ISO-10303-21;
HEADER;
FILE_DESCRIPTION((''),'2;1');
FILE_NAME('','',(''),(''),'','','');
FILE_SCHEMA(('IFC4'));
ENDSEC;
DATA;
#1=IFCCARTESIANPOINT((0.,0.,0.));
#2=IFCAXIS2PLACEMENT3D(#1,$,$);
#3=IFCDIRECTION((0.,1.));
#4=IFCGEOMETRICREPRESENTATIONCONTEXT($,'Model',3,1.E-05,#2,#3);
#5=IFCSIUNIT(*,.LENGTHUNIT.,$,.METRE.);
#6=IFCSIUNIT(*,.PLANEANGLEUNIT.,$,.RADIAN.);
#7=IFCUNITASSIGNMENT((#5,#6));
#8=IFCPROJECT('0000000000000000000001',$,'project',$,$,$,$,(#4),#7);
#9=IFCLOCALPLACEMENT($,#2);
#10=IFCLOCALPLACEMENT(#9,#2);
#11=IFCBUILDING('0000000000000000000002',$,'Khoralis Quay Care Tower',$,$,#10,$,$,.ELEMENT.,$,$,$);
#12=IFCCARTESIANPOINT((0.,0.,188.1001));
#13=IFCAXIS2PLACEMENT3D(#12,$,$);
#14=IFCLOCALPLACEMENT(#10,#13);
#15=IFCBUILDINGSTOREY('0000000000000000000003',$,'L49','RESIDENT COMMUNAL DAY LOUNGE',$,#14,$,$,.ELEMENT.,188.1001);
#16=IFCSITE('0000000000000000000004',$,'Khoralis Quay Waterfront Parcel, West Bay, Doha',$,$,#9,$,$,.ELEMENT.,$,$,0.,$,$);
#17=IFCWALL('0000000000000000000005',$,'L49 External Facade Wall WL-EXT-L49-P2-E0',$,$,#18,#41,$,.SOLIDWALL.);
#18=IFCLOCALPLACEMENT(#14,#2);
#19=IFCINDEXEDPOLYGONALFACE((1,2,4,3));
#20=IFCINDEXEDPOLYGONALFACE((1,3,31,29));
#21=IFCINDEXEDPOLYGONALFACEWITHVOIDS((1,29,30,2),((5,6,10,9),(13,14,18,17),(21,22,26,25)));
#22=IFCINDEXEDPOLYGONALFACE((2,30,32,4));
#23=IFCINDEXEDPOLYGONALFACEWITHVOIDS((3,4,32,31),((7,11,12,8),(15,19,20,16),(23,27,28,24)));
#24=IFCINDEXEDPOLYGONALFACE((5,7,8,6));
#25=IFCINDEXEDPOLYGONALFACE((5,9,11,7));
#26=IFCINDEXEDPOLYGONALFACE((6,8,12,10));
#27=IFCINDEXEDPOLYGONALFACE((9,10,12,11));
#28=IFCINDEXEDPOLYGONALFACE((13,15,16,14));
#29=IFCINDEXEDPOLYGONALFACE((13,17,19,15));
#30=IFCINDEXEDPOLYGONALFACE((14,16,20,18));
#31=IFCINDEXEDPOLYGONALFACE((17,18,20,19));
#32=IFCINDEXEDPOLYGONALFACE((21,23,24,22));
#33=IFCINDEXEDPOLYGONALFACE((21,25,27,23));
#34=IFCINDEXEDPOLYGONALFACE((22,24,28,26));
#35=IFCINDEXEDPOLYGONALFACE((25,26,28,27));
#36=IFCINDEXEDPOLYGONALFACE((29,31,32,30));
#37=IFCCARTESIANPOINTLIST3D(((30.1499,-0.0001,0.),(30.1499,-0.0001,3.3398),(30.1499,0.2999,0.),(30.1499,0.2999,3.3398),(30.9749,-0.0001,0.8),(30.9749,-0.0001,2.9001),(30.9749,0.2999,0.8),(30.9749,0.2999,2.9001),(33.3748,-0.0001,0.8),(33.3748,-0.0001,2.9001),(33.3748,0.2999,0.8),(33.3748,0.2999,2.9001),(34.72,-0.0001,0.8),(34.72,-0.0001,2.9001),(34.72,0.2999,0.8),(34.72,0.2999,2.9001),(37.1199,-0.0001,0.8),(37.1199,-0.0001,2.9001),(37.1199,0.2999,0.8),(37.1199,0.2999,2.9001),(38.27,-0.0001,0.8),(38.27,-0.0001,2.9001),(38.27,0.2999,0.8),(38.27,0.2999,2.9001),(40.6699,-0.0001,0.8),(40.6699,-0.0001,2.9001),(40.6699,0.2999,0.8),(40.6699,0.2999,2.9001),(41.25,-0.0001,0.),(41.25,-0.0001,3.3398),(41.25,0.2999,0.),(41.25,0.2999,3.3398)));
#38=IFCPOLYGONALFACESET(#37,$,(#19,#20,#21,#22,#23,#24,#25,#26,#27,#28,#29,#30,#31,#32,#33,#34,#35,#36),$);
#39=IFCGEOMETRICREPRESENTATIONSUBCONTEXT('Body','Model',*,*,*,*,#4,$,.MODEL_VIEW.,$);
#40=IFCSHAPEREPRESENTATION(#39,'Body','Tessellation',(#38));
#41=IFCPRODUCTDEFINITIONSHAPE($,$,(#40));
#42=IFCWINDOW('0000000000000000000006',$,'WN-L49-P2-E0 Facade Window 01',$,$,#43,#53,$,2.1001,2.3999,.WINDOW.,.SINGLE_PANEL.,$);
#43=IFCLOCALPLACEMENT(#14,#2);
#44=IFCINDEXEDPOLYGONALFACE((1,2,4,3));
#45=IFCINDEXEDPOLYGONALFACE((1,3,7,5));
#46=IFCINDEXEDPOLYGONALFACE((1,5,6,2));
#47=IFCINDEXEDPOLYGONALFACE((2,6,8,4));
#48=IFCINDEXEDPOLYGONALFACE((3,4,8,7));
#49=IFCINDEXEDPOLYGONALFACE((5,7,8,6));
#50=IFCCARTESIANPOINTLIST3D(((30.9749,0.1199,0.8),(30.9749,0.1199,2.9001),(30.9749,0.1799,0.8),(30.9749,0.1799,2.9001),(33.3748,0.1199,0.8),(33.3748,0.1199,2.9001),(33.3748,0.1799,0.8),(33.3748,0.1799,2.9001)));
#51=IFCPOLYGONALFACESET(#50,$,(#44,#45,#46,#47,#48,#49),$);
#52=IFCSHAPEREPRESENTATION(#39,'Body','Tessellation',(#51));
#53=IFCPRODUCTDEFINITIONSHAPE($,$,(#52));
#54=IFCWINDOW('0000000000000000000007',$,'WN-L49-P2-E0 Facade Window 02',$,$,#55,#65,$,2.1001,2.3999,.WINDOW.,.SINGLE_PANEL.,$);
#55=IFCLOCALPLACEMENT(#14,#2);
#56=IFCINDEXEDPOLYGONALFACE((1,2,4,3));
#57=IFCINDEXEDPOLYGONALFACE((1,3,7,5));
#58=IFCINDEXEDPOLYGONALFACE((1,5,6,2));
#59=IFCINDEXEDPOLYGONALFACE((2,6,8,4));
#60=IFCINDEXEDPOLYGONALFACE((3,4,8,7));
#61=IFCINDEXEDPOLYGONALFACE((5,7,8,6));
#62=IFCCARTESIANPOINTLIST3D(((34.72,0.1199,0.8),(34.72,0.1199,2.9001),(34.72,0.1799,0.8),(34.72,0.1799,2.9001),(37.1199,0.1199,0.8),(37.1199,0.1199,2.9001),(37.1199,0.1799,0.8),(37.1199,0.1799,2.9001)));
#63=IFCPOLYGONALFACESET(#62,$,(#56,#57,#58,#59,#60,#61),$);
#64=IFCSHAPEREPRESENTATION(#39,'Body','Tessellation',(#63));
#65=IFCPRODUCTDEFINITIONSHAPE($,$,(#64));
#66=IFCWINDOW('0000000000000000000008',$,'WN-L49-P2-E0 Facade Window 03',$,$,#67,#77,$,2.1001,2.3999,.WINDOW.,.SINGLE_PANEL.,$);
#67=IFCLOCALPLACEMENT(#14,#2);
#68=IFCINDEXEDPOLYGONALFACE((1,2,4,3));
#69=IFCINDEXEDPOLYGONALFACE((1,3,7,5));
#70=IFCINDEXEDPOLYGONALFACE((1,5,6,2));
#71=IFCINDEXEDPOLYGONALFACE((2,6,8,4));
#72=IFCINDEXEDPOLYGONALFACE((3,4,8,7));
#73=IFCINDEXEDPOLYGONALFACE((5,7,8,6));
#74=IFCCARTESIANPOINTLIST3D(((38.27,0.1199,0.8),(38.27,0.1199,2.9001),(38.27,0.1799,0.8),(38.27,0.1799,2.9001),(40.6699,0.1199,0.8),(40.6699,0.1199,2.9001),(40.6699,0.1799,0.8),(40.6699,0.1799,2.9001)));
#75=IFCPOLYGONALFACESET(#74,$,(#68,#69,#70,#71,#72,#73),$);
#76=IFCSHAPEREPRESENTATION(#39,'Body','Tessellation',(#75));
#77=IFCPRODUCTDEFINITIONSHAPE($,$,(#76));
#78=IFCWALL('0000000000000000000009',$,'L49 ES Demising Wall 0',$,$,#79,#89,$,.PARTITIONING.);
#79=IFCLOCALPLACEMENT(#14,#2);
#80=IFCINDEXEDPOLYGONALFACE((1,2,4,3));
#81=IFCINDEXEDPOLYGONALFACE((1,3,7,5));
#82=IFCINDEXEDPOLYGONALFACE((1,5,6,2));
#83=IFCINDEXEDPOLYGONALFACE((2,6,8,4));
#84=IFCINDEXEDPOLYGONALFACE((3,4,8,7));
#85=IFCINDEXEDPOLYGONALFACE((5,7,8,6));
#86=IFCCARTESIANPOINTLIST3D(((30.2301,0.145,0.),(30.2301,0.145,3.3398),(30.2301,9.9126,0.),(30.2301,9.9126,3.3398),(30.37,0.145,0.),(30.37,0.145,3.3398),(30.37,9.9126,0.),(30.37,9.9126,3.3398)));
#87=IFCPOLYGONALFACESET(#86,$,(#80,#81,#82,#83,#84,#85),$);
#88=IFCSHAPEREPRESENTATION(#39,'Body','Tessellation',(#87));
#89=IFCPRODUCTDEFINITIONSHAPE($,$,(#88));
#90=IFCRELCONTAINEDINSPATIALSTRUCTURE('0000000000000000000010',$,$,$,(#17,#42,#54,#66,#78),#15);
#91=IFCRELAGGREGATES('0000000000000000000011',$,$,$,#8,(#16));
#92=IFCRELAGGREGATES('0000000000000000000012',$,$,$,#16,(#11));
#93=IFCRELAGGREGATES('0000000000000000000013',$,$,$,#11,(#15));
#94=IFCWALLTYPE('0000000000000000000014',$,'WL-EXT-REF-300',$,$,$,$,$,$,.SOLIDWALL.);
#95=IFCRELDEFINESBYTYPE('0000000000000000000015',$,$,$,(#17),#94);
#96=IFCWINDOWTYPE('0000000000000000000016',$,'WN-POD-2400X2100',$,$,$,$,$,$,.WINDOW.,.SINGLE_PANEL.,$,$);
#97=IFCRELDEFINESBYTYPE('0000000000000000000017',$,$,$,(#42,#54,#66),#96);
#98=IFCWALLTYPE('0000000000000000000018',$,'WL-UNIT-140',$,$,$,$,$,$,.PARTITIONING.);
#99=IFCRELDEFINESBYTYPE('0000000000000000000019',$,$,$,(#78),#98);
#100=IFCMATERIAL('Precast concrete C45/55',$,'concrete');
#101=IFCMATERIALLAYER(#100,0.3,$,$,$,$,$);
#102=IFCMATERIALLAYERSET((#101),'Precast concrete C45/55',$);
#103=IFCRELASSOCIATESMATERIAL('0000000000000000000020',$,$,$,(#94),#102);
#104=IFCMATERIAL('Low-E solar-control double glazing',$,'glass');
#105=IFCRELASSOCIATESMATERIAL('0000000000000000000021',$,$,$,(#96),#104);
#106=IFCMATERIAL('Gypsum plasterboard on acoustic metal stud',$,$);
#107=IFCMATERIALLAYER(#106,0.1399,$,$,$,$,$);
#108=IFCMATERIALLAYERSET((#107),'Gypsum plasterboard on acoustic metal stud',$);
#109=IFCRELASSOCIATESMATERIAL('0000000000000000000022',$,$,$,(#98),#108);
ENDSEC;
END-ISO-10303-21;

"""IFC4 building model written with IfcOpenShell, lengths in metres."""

from ifc_helpers import new_model, si_unit, direction, frame, frame_2d, origin, place, context, subcontext, project, spatial, rectangle, extrude, source, transform, mapped, material, layer, layer_set, type_object, element, fill, save


model = new_model("IFC4")

# Units and contexts
model_context = context("Model", 3, precision=1e-05, world=origin(), true_north=direction((0.0, 1.0)))
body_context = subcontext(model_context, "Body", "Model", "MODEL_VIEW")
ifc_project = project(units=[si_unit("LENGTHUNIT", "METRE"), si_unit("PLANEANGLEUNIT", "RADIAN")], contexts=[model_context])

# Site, building, storey
site_placement = place(None, origin())
site = spatial("IfcSite", under=ifc_project, at=site_placement, Name="Khoralis Quay Waterfront Parcel, West Bay, Doha", CompositionType="ELEMENT", RefElevation=0.0)
building_placement = place(site_placement, origin())
building = spatial("IfcBuilding", under=site, at=building_placement, Name="Khoralis Quay Care Tower", CompositionType="ELEMENT")
storey_placement = place(building_placement, frame((0.0, 0.0, 188.1001)))
storey = spatial("IfcBuildingStorey", under=building, at=storey_placement, Name="L49", Description="RESIDENT COMMUNAL DAY LOUNGE", CompositionType="ELEMENT", Elevation=188.1001)

# Shared definitions
ifc_material_1 = material(Name="Low-E solar-control double glazing", Category="glass")

# Shared definitions
ifc_material_2 = material(Name="Gypsum plasterboard on acoustic metal stud")

# Wall, openings, windows
ifc_material_3 = material(Name="Precast concrete C45/55", Category="concrete")
ifc_layer_1 = layer(ifc_material_3, 0.3)
ifc_layer_set_1 = layer_set([ifc_layer_1], Name="Precast concrete C45/55")
wall_type_1 = type_object("IfcWallType", Name="WL-EXT-REF-300", PredefinedType="SOLIDWALL", material=ifc_layer_set_1)
wall_1_placement = place(storey_placement, frame((30.1499, 0.1499, 0.0), z_axis=(0.0, 0.0, 1.0), x_axis=(1.0, 0.0, 0.0)))
wall_1 = element("IfcWall", 1, at=wall_1_placement, inside=storey, type_object=wall_type_1, Name="L49 External Facade Wall WL-EXT-L49-P2-E0", PredefinedType="SOLIDWALL", context=body_context, shape_type="SweptSolid", body=[
    extrude(rectangle(XDim=11.1001, YDim=0.3, at=frame_2d((5.55, 0.0))), origin(), (0.0, 0.0, 1.0), 3.3398),
])
opening_1_placement = place(wall_1_placement, frame((0.825, 0.0, 0.8)))
opening_1 = element("IfcOpeningElement", 2, at=opening_1_placement, cuts=wall_1, PredefinedType="OPENING", context=body_context, shape_type="SweptSolid", body=[
    extrude(rectangle(XDim=2.3999, YDim=2.1001, at=frame_2d((1.2, 1.05))), frame((0.0, 0.1602, 0.0), z_axis=(0.0, -1.0, 0.0), x_axis=(1.0, 0.0, 0.0)), (0.0, 0.0, 1.0), 0.3201),
])
opening_2_placement = place(wall_1_placement, frame((4.5701, 0.0, 0.8)))
opening_2 = element("IfcOpeningElement", 3, at=opening_2_placement, cuts=wall_1, PredefinedType="OPENING", context=body_context, shape_type="SweptSolid", body=[
    extrude(rectangle(XDim=2.3999, YDim=2.1001, at=frame_2d((1.2, 1.05))), frame((0.0, 0.1602, 0.0), z_axis=(0.0, -1.0, 0.0), x_axis=(1.0, 0.0, 0.0)), (0.0, 0.0, 1.0), 0.3201),
])
opening_3_placement = place(wall_1_placement, frame((8.1201, 0.0, 0.8)))
opening_3 = element("IfcOpeningElement", 4, at=opening_3_placement, cuts=wall_1, PredefinedType="OPENING", context=body_context, shape_type="SweptSolid", body=[
    extrude(rectangle(XDim=2.3999, YDim=2.1001, at=frame_2d((1.2, 1.05))), frame((0.0, 0.1602, 0.0), z_axis=(0.0, -1.0, 0.0), x_axis=(1.0, 0.0, 0.0)), (0.0, 0.0, 1.0), 0.3201),
])
window_type = type_object("IfcWindowType", Name="WN-POD-2400X2100", PartitioningType="SINGLE_PANEL", PredefinedType="WINDOW", material=ifc_material_1)
shared_shape_1 = source(origin(), body_context, "Body", "SweptSolid", [
    extrude(rectangle(XDim=2.3999, YDim=2.1001, at=frame_2d((1.2, 1.05))), frame((0.0, 0.03, 0.0), z_axis=(0.0, -1.0, 0.0), x_axis=(1.0, 0.0, 0.0)), (0.0, 0.0, 1.0), 0.0601),
])
window_1_placement = place(opening_1_placement, origin())
window_1 = element("IfcWindow", 5, at=window_1_placement, inside=storey, type_object=window_type, Name="WN-L49-P2-E0 Facade Window 01", OverallHeight=2.1001, OverallWidth=2.3999, PartitioningType="SINGLE_PANEL", PredefinedType="WINDOW", context=body_context, shape_type="MappedRepresentation", body=[
    mapped(shared_shape_1, transform((0.0, 0.0, 0.0), scale=1.0)),
])
fill(opening_1, window_1)
window_2_placement = place(opening_2_placement, origin())
window_2 = element("IfcWindow", 6, at=window_2_placement, inside=storey, type_object=window_type, Name="WN-L49-P2-E0 Facade Window 02", OverallHeight=2.1001, OverallWidth=2.3999, PartitioningType="SINGLE_PANEL", PredefinedType="WINDOW", context=body_context, shape_type="MappedRepresentation", body=[
    mapped(shared_shape_1, transform((0.0, 0.0, 0.0), scale=1.0)),
])
fill(opening_2, window_2)
window_3_placement = place(opening_3_placement, origin())
window_3 = element("IfcWindow", 7, at=window_3_placement, inside=storey, type_object=window_type, Name="WN-L49-P2-E0 Facade Window 03", OverallHeight=2.1001, OverallWidth=2.3999, PartitioningType="SINGLE_PANEL", PredefinedType="WINDOW", context=body_context, shape_type="MappedRepresentation", body=[
    mapped(shared_shape_1, transform((0.0, 0.0, 0.0), scale=1.0)),
])
fill(opening_3, window_3)

# Wall
ifc_layer_2 = layer(ifc_material_2, 0.1399)
ifc_layer_set_2 = layer_set([ifc_layer_2], Name="Gypsum plasterboard on acoustic metal stud")
wall_type_2 = type_object("IfcWallType", Name="WL-UNIT-140", PredefinedType="PARTITIONING", material=ifc_layer_set_2)
wall_2_placement = place(storey_placement, frame((30.3, 0.145, 0.0), z_axis=(0.0, 0.0, 1.0), x_axis=(0.0, 1.0, 0.0)))
element("IfcWall", 8, at=wall_2_placement, inside=storey, type_object=wall_type_2, Name="L49 ES Demising Wall 0", PredefinedType="PARTITIONING", context=body_context, shape_type="SweptSolid", body=[
    extrude(rectangle(XDim=9.7676, YDim=0.1399, at=frame_2d((4.8838, 0.0))), origin(), (0.0, 0.0, 1.0), 3.3398),
])

save(model, "model.ifc")
